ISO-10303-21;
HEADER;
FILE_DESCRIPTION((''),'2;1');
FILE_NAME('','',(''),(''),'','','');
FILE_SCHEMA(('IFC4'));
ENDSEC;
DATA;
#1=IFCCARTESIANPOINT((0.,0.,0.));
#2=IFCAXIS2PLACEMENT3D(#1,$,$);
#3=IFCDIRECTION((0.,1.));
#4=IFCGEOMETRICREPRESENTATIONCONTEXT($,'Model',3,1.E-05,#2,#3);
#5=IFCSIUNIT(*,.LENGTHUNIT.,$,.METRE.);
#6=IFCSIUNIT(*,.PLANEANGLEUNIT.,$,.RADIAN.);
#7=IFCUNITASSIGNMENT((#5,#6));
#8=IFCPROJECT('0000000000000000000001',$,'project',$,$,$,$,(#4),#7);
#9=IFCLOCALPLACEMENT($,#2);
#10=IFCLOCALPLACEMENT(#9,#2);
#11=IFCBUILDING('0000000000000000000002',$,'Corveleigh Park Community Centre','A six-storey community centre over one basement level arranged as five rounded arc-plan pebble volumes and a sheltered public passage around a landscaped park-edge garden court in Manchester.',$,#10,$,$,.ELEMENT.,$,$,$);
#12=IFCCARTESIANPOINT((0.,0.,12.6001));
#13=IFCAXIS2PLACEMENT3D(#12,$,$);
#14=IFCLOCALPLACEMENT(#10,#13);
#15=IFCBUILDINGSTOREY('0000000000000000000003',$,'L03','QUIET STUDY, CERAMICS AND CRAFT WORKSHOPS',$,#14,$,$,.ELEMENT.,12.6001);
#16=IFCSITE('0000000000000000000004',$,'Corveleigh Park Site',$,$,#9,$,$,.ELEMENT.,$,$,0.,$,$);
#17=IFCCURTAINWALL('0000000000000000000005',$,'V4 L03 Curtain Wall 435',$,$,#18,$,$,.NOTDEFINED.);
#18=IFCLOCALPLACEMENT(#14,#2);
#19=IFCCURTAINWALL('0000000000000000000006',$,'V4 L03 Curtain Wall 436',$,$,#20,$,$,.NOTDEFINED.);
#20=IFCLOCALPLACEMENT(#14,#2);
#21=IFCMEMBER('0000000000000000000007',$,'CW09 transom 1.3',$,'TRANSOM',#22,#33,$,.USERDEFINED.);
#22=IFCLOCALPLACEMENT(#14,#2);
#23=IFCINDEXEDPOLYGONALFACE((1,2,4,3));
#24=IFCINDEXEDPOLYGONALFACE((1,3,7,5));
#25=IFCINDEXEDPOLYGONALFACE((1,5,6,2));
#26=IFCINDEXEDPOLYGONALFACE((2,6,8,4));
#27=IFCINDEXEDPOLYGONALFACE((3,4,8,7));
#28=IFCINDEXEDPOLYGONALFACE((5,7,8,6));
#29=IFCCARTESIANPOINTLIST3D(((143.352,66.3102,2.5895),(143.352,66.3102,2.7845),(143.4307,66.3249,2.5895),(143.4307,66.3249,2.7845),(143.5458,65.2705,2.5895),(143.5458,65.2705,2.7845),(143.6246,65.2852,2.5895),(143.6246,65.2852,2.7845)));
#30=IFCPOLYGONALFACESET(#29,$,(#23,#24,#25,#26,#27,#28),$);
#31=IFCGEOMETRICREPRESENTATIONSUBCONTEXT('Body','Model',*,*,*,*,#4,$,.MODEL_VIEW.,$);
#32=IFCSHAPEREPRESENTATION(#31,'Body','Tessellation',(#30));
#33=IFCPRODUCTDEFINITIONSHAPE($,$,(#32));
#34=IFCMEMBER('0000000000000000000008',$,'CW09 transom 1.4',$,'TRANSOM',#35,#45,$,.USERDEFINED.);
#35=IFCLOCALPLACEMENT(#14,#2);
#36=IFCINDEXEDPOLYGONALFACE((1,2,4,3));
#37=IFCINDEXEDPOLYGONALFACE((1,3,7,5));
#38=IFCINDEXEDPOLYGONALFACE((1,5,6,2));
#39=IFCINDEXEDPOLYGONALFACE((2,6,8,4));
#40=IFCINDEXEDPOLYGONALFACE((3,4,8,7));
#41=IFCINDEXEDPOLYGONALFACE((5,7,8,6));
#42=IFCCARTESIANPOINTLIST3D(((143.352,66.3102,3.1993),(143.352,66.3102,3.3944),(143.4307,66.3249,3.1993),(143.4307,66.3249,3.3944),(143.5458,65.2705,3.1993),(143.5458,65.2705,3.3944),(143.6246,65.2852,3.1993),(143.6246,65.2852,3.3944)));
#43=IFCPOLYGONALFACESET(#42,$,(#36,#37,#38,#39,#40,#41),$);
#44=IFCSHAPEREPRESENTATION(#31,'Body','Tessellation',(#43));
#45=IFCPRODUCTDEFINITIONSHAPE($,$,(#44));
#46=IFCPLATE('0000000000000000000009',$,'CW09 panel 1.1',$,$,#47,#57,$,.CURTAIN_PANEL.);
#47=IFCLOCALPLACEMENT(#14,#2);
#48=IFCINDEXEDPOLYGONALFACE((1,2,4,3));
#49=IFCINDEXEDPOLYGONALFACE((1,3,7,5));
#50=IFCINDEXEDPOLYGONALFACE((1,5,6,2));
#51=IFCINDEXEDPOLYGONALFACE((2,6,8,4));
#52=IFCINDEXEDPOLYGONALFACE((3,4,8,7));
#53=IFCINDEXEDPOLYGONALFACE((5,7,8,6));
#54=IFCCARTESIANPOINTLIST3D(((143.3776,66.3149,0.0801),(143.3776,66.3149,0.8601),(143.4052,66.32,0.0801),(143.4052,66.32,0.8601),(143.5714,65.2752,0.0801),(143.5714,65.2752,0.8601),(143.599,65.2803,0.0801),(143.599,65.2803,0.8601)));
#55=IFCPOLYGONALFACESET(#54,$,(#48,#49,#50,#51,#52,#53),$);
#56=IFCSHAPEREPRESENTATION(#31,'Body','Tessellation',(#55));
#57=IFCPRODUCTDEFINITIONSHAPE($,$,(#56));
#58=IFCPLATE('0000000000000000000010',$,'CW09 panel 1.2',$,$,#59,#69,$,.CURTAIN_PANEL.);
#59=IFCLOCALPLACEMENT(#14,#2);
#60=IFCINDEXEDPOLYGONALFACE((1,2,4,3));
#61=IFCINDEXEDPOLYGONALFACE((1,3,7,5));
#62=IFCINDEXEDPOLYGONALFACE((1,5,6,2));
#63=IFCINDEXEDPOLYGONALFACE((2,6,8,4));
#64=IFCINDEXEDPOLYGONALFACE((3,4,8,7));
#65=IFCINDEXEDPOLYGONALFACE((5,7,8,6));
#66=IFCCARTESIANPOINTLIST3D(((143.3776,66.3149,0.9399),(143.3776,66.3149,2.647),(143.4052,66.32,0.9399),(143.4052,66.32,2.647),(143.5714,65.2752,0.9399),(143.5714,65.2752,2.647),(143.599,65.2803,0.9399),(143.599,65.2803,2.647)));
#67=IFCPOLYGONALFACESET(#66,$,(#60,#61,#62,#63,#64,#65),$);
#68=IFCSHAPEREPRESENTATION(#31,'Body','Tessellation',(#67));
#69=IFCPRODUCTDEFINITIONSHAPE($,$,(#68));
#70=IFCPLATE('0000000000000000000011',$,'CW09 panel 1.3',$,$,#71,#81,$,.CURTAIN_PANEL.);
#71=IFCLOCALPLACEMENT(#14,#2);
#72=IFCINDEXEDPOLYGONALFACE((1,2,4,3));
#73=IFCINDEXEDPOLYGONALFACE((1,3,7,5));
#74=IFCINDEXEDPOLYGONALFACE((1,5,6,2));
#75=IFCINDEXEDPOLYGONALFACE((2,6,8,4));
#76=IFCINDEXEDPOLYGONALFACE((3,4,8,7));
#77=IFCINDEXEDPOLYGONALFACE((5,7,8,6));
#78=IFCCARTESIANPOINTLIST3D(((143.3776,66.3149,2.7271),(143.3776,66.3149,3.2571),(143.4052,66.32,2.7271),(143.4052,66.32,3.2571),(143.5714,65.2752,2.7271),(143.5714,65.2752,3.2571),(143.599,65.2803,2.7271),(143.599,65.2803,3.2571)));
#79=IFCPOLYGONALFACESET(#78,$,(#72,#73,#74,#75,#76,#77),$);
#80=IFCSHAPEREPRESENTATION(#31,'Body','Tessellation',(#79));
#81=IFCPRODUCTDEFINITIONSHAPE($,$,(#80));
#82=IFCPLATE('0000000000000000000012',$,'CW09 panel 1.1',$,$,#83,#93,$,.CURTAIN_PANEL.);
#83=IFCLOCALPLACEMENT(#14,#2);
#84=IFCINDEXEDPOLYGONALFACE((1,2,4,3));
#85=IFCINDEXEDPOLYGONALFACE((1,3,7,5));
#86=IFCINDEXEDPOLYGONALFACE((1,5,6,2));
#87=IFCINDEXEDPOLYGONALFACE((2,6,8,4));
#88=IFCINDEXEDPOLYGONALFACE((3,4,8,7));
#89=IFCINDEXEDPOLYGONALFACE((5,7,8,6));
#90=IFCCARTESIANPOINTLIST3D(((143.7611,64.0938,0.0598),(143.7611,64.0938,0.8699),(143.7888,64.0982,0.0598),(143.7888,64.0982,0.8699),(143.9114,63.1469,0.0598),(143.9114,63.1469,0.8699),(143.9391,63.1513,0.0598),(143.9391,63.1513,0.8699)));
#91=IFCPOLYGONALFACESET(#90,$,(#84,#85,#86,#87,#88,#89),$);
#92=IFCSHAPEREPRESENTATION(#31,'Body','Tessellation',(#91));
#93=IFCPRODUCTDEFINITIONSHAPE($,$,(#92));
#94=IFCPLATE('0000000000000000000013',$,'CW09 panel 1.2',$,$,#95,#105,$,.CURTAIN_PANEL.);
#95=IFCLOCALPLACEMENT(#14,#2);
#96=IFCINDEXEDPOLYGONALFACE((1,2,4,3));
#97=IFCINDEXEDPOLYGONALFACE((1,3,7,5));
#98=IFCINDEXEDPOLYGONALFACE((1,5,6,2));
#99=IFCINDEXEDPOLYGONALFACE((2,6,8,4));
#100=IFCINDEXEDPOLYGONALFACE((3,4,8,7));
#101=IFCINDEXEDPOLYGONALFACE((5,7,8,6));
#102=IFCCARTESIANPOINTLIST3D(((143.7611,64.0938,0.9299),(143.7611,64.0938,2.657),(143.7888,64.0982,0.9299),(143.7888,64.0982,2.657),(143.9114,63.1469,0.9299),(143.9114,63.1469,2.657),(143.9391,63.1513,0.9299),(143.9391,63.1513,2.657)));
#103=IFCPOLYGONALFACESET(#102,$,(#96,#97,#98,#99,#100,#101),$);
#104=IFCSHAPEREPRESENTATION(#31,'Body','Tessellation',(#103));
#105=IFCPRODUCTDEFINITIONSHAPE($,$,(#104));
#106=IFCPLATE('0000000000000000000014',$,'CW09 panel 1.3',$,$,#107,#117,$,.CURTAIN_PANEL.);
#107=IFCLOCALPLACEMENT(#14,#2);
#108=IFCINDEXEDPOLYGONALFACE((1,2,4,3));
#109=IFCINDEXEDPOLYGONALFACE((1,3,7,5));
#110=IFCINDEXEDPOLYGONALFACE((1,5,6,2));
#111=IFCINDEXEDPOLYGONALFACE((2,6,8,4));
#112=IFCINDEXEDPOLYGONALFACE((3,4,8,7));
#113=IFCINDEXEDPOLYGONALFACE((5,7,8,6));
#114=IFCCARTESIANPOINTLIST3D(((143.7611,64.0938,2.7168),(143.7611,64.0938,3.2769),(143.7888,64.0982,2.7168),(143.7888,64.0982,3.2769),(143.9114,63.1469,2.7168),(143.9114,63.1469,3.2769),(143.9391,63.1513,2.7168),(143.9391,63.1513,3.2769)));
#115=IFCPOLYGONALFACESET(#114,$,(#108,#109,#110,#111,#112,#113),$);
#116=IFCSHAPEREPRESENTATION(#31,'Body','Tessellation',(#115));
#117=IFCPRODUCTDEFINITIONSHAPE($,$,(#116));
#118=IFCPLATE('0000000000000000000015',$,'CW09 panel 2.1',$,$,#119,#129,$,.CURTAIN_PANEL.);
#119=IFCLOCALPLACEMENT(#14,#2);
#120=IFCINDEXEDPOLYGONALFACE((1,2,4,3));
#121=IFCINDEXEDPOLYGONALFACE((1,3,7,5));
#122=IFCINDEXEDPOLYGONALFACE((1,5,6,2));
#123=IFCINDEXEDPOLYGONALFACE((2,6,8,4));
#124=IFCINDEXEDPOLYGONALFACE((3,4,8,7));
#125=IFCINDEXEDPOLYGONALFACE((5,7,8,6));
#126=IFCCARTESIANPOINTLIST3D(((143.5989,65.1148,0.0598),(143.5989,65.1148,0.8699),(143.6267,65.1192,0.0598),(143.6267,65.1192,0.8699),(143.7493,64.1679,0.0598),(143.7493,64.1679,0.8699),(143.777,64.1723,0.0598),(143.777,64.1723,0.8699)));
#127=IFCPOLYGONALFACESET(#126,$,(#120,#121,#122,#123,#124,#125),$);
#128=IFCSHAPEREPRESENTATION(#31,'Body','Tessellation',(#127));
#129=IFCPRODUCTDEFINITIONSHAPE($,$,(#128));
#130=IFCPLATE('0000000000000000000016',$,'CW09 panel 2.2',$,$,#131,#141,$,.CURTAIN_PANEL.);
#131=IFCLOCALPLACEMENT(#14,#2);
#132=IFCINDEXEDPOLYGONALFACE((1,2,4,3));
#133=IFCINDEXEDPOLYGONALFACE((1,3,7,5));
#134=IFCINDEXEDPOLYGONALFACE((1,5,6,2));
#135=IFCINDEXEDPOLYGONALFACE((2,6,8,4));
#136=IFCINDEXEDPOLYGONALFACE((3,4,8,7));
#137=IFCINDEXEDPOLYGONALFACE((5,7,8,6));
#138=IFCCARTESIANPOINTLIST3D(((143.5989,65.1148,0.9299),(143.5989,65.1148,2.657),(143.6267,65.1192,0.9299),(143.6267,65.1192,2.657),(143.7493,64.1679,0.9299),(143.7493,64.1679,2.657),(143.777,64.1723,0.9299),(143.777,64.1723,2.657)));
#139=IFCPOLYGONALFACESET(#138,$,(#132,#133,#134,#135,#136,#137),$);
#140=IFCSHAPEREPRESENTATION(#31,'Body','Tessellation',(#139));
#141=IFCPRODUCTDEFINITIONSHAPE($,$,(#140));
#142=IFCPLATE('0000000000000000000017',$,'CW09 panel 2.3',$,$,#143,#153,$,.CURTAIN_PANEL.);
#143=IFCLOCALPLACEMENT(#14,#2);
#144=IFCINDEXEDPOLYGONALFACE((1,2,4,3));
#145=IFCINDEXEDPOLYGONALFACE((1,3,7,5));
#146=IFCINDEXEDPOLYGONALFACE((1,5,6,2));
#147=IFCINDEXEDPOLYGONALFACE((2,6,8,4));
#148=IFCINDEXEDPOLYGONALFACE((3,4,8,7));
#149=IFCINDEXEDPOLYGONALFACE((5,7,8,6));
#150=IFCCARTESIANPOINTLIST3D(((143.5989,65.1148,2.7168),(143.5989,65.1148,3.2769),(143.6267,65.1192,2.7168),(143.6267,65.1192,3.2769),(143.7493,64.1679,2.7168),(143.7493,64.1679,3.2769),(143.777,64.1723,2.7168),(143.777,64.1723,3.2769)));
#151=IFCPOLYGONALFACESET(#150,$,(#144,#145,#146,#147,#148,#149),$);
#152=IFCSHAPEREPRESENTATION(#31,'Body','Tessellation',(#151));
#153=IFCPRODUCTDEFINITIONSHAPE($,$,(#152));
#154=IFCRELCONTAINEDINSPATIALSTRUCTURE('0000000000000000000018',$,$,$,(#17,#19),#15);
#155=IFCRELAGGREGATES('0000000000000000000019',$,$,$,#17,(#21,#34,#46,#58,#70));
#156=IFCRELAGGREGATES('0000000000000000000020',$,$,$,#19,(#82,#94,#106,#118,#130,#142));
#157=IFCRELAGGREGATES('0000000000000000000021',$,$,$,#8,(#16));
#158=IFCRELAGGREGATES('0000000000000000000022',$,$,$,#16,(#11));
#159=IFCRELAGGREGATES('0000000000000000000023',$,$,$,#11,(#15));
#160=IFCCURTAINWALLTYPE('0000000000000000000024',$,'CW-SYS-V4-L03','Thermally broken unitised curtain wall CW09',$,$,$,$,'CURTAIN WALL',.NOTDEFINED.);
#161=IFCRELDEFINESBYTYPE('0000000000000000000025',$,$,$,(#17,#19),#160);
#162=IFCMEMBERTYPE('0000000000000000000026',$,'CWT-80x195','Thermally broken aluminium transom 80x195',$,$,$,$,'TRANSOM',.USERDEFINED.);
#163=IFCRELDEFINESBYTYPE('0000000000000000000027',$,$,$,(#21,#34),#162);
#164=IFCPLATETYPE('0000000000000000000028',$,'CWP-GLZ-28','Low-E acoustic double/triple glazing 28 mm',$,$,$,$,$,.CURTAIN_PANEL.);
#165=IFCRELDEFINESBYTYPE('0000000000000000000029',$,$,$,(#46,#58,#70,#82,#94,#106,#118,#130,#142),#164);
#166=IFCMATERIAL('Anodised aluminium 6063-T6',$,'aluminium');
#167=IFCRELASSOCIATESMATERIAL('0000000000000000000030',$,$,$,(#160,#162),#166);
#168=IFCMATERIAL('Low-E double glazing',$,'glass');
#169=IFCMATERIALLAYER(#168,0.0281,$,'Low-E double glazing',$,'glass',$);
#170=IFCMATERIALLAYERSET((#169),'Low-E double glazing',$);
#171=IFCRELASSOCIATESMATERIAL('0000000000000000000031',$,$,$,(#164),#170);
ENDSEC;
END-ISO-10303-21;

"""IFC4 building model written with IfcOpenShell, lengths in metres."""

from ifc_helpers import new_model, si_unit, direction, frame, origin, origin_2d, place, context, subcontext, project, spatial, rectangle, extrude, material, layer, layer_set, material_profile, profile_set, type_object, element, aggregate, save


model = new_model("IFC4")

# Units and contexts
model_context = context("Model", 3, precision=1e-05, world=origin(), true_north=direction((0.0, 1.0)))
body_context = subcontext(model_context, "Body", "Model", "MODEL_VIEW")
ifc_project = project(units=[si_unit("LENGTHUNIT", "METRE"), si_unit("PLANEANGLEUNIT", "RADIAN")], contexts=[model_context])

# Site, building, storey
site_placement = place(None, origin())
site = spatial("IfcSite", under=ifc_project, at=site_placement, Name="Corveleigh Park Site", CompositionType="ELEMENT", RefElevation=0.0)
building_placement = place(site_placement, origin())
building = spatial("IfcBuilding", under=site, at=building_placement, Name="Corveleigh Park Community Centre", Description="A six-storey community centre over one basement level arranged as five rounded arc-plan pebble volumes and a sheltered public passage around a landscaped park-edge garden court in Manchester.", CompositionType="ELEMENT")
storey_placement = place(building_placement, frame((0.0, 0.0, 12.6001)))
storey = spatial("IfcBuildingStorey", under=building, at=storey_placement, Name="L03", Description="QUIET STUDY, CERAMICS AND CRAFT WORKSHOPS", CompositionType="ELEMENT", Elevation=12.6001)

# Curtain wall
ifc_material_1 = material(Name="Anodised aluminium 6063-T6", Category="aluminium")
curtain_wall_type = type_object("IfcCurtainWallType", Name="CW-SYS-V4-L03", Description="Thermally broken unitised curtain wall CW09", ElementType="CURTAIN WALL", PredefinedType="NOTDEFINED", material=ifc_material_1)
curtain_wall_1_placement = place(storey_placement, origin())
curtain_wall_1 = element("IfcCurtainWall", 1, at=curtain_wall_1_placement, inside=storey, type_object=curtain_wall_type, Name="V4 L03 Curtain Wall 435", PredefinedType="NOTDEFINED")

# Curtain wall
curtain_wall_2_placement = place(storey_placement, origin())
curtain_wall_2 = element("IfcCurtainWall", 2, at=curtain_wall_2_placement, inside=storey, type_object=curtain_wall_type, Name="V4 L03 Curtain Wall 436", PredefinedType="NOTDEFINED")

# Members
ifc_material_profile_1 = material_profile(ifc_material_1, rectangle(XDim=0.0801, YDim=0.1951, at=origin_2d()), Name="ALU-T80x195", Category="aluminium")
ifc_profile_set_1 = profile_set([ifc_material_profile_1], Name="Anodised aluminium 6063-T6")
member_type_1 = type_object("IfcMemberType", Name="CWT-80x195", Description="Thermally broken aluminium transom 80x195", ElementType="TRANSOM", PredefinedType="USERDEFINED", material=ifc_profile_set_1)
member_1_placement = place(storey_placement, frame((143.5852, 65.2778, 2.687), z_axis=(-0.183271, 0.983062, 0.0), x_axis=(-0.983062, -0.183271, 0.0)))
member_1 = element("IfcMember", 3, at=member_1_placement, type_object=member_type_1, Name="CW09 transom 1.3", ObjectType="TRANSOM", PredefinedType="USERDEFINED", context=body_context, shape_type="SweptSolid", body=[
    extrude(rectangle(XDim=0.0801, YDim=0.1951, at=origin_2d()), origin(), (0.0, 0.0, 1.0), 1.0576),
])
member_2_placement = place(storey_placement, frame((143.5852, 65.2778, 3.2969), z_axis=(-0.183271, 0.983062, 0.0), x_axis=(-0.983062, -0.183271, 0.0)))
member_2 = element("IfcMember", 4, at=member_2_placement, type_object=member_type_1, Name="CW09 transom 1.4", ObjectType="TRANSOM", PredefinedType="USERDEFINED", context=body_context, shape_type="SweptSolid", body=[
    extrude(rectangle(XDim=0.0801, YDim=0.1951, at=origin_2d()), origin(), (0.0, 0.0, 1.0), 1.0576),
])

# Plates
ifc_material_2 = material(Name="Low-E double glazing", Category="glass")
ifc_layer = layer(ifc_material_2, 0.0281, Name="Low-E double glazing", Category="glass")
ifc_layer_set = layer_set([ifc_layer], Name="Low-E double glazing")
plate_type = type_object("IfcPlateType", Name="CWP-GLZ-28", Description="Low-E acoustic double/triple glazing 28 mm", PredefinedType="CURTAIN_PANEL", material=ifc_layer_set)
plate_1_placement = place(storey_placement, frame((143.4883, 65.7976, 0.0801), z_axis=(0.0, 0.0, 1.0), x_axis=(-0.183198, 0.983076, 0.0)))
plate_1 = element("IfcPlate", 5, at=plate_1_placement, type_object=plate_type, Name="CW09 panel 1.1", PredefinedType="CURTAIN_PANEL", context=body_context, shape_type="SweptSolid", body=[
    extrude(rectangle(XDim=1.0576, YDim=0.0281, at=origin_2d()), origin(), (0.0, 0.0, 1.0), 0.78),
])
plate_2_placement = place(storey_placement, frame((143.4883, 65.7976, 0.9399), z_axis=(0.0, 0.0, 1.0), x_axis=(-0.183198, 0.983076, 0.0)))
plate_2 = element("IfcPlate", 6, at=plate_2_placement, type_object=plate_type, Name="CW09 panel 1.2", PredefinedType="CURTAIN_PANEL", context=body_context, shape_type="SweptSolid", body=[
    extrude(rectangle(XDim=1.0576, YDim=0.0281, at=origin_2d()), origin(), (0.0, 0.0, 1.0), 1.707),
])
plate_3_placement = place(storey_placement, frame((143.4883, 65.7976, 2.7271), z_axis=(0.0, 0.0, 1.0), x_axis=(-0.183198, 0.983076, 0.0)))
plate_3 = element("IfcPlate", 7, at=plate_3_placement, type_object=plate_type, Name="CW09 panel 1.3", PredefinedType="CURTAIN_PANEL", context=body_context, shape_type="SweptSolid", body=[
    extrude(rectangle(XDim=1.0576, YDim=0.0281, at=origin_2d()), origin(), (0.0, 0.0, 1.0), 0.53),
])
aggregate(curtain_wall_1, [member_1, member_2, plate_1, plate_2, plate_3])
plate_4_placement = place(storey_placement, frame((143.8501, 63.6226, 0.0598), z_axis=(0.0, 0.0, 1.0), x_axis=(-0.156825, 0.987626, 0.0)))
plate_4 = element("IfcPlate", 8, at=plate_4_placement, type_object=plate_type, Name="CW09 panel 1.1", PredefinedType="CURTAIN_PANEL", context=body_context, shape_type="SweptSolid", body=[
    extrude(rectangle(XDim=0.9587, YDim=0.0281, at=origin_2d()), origin(), (0.0, 0.0, 1.0), 0.8101),
])
plate_5_placement = place(storey_placement, frame((143.8501, 63.6226, 0.9299), z_axis=(0.0, 0.0, 1.0), x_axis=(-0.156825, 0.987626, 0.0)))
plate_5 = element("IfcPlate", 9, at=plate_5_placement, type_object=plate_type, Name="CW09 panel 1.2", PredefinedType="CURTAIN_PANEL", context=body_context, shape_type="SweptSolid", body=[
    extrude(rectangle(XDim=0.9587, YDim=0.0281, at=origin_2d()), origin(), (0.0, 0.0, 1.0), 1.7271),
])
plate_6_placement = place(storey_placement, frame((143.8501, 63.6226, 2.7168), z_axis=(0.0, 0.0, 1.0), x_axis=(-0.156825, 0.987626, 0.0)))
plate_6 = element("IfcPlate", 10, at=plate_6_placement, type_object=plate_type, Name="CW09 panel 1.3", PredefinedType="CURTAIN_PANEL", context=body_context, shape_type="SweptSolid", body=[
    extrude(rectangle(XDim=0.9587, YDim=0.0281, at=origin_2d()), origin(), (0.0, 0.0, 1.0), 0.5601),
])
plate_7_placement = place(storey_placement, frame((143.688, 64.6436, 0.0598), z_axis=(0.0, 0.0, 1.0), x_axis=(-0.156825, 0.987626, 0.0)))
plate_7 = element("IfcPlate", 11, at=plate_7_placement, type_object=plate_type, Name="CW09 panel 2.1", PredefinedType="CURTAIN_PANEL", context=body_context, shape_type="SweptSolid", body=[
    extrude(rectangle(XDim=0.9587, YDim=0.0281, at=origin_2d()), origin(), (0.0, 0.0, 1.0), 0.8101),
])
plate_8_placement = place(storey_placement, frame((143.688, 64.6436, 0.9299), z_axis=(0.0, 0.0, 1.0), x_axis=(-0.156825, 0.987626, 0.0)))
plate_8 = element("IfcPlate", 12, at=plate_8_placement, type_object=plate_type, Name="CW09 panel 2.2", PredefinedType="CURTAIN_PANEL", context=body_context, shape_type="SweptSolid", body=[
    extrude(rectangle(XDim=0.9587, YDim=0.0281, at=origin_2d()), origin(), (0.0, 0.0, 1.0), 1.7271),
])
plate_9_placement = place(storey_placement, frame((143.688, 64.6436, 2.7168), z_axis=(0.0, 0.0, 1.0), x_axis=(-0.156825, 0.987626, 0.0)))
plate_9 = element("IfcPlate", 13, at=plate_9_placement, type_object=plate_type, Name="CW09 panel 2.3", PredefinedType="CURTAIN_PANEL", context=body_context, shape_type="SweptSolid", body=[
    extrude(rectangle(XDim=0.9587, YDim=0.0281, at=origin_2d()), origin(), (0.0, 0.0, 1.0), 0.5601),
])
aggregate(curtain_wall_2, [plate_4, plate_5, plate_6, plate_7, plate_8, plate_9])

save(model, "model.ifc")
